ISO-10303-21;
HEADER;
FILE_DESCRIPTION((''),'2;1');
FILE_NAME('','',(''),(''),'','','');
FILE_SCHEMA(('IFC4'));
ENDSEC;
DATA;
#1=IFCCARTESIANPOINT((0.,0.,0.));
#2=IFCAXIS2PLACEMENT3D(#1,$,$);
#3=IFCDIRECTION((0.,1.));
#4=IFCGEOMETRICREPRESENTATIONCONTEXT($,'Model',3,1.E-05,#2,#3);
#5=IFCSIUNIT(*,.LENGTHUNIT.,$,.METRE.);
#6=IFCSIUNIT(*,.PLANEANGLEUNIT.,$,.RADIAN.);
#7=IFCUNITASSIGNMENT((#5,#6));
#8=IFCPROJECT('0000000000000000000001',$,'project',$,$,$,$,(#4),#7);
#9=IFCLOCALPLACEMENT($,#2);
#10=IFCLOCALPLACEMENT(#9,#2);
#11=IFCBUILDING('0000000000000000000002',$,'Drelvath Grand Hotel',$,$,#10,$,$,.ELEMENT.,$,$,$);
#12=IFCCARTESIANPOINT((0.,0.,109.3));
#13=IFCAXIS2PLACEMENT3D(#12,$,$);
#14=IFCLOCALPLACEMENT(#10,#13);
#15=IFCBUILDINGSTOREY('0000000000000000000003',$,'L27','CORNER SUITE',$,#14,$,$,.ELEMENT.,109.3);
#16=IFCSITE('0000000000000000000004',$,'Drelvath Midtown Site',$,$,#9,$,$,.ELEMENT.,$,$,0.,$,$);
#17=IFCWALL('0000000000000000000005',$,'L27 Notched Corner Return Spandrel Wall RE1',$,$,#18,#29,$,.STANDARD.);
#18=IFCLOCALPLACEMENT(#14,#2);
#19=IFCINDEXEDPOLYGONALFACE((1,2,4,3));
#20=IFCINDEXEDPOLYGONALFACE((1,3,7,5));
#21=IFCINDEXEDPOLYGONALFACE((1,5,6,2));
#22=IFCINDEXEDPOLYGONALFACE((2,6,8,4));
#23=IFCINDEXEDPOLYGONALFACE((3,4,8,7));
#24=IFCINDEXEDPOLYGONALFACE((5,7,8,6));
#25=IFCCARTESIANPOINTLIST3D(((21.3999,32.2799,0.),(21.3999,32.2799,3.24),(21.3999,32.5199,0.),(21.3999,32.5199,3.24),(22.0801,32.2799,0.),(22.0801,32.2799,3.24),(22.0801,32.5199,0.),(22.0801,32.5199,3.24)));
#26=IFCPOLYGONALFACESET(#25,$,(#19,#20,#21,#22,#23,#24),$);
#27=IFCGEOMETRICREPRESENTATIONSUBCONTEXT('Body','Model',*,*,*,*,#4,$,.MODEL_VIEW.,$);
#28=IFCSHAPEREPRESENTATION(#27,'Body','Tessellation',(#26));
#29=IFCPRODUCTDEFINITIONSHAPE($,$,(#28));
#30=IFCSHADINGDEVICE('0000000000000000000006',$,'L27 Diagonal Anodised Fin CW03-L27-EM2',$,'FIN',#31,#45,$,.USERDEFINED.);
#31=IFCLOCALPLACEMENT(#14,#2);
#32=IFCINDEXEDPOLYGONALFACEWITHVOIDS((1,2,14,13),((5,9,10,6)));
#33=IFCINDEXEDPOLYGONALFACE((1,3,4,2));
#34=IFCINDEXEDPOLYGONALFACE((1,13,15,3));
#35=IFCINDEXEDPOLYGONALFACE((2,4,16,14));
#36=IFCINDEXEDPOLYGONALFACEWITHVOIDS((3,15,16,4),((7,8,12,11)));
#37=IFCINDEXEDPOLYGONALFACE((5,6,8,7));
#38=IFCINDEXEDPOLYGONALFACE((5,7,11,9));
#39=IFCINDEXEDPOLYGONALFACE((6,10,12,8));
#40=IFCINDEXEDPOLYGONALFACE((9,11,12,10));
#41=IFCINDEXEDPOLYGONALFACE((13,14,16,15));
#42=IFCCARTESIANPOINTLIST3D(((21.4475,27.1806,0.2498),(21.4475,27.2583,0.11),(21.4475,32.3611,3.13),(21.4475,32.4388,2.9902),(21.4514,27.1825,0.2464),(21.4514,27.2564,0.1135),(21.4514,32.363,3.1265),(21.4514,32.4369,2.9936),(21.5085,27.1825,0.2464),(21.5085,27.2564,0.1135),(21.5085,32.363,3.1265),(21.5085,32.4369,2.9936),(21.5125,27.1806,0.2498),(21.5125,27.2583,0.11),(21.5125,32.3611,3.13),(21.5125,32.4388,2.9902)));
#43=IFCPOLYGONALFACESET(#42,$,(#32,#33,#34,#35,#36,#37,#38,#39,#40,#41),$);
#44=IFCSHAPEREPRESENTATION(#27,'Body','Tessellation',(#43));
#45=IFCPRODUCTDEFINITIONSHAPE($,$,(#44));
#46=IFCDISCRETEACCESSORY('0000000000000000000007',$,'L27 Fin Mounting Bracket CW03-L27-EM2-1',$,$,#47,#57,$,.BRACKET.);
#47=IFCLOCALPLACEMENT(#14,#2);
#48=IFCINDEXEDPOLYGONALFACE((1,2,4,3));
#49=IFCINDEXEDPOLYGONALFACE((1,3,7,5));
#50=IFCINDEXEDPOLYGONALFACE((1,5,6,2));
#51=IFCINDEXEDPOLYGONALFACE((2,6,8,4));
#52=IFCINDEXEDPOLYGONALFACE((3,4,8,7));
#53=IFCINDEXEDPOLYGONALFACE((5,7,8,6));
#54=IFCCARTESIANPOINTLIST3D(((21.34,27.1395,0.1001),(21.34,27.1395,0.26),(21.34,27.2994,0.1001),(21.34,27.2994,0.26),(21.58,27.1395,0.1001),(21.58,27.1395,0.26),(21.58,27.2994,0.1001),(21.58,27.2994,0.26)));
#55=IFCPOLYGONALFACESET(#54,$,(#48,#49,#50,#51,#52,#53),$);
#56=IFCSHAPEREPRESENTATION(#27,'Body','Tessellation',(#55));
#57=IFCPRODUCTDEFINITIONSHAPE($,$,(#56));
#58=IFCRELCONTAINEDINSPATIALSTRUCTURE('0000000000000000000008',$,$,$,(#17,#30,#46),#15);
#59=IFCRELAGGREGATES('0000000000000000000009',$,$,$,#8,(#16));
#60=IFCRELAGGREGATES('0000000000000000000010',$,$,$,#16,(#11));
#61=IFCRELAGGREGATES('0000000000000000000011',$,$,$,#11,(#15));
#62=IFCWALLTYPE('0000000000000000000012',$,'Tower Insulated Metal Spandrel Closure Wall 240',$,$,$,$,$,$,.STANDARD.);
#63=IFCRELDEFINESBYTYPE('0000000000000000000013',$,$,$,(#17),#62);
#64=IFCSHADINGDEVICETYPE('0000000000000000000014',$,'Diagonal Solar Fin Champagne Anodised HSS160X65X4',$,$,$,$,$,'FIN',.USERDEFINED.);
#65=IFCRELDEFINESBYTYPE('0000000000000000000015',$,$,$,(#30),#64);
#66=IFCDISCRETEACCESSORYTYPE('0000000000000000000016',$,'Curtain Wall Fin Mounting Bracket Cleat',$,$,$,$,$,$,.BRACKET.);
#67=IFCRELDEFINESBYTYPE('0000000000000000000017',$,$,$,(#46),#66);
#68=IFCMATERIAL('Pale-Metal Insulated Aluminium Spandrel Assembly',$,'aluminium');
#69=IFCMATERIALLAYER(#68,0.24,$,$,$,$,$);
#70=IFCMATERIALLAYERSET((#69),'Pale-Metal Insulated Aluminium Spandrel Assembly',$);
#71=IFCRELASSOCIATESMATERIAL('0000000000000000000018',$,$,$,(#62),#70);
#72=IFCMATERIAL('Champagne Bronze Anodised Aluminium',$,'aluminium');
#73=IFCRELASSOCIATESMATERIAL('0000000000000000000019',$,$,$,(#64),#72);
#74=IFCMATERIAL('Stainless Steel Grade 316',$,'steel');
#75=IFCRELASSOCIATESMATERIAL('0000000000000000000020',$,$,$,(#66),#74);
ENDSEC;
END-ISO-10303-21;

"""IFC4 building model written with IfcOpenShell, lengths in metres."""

from ifc_helpers import new_model, si_unit, direction, frame, frame_2d, origin, origin_2d, place, context, subcontext, project, spatial, rectangle, hollow_rectangle, extrude, material, layer, layer_set, material_profile, profile_set, type_object, element, save


model = new_model("IFC4")

# Units and contexts
model_context = context("Model", 3, precision=1e-05, world=origin(), true_north=direction((0.0, 1.0)))
body_context = subcontext(model_context, "Body", "Model", "MODEL_VIEW")
ifc_project = project(units=[si_unit("LENGTHUNIT", "METRE"), si_unit("PLANEANGLEUNIT", "RADIAN")], contexts=[model_context])

# Site, building, storey
site_placement = place(None, origin())
site = spatial("IfcSite", under=ifc_project, at=site_placement, Name="Drelvath Midtown Site", CompositionType="ELEMENT", RefElevation=0.0)
building_placement = place(site_placement, origin())
building = spatial("IfcBuilding", under=site, at=building_placement, Name="Drelvath Grand Hotel", CompositionType="ELEMENT")
storey_placement = place(building_placement, frame((0.0, 0.0, 109.3)))
storey = spatial("IfcBuildingStorey", under=building, at=storey_placement, Name="L27", Description="CORNER SUITE", CompositionType="ELEMENT", Elevation=109.3)

# Wall
ifc_material_1 = material(Name="Pale-Metal Insulated Aluminium Spandrel Assembly", Category="aluminium")
ifc_layer_1 = layer(ifc_material_1, 0.24)
ifc_layer_set_1 = layer_set([ifc_layer_1], Name="Pale-Metal Insulated Aluminium Spandrel Assembly")
wall_type_1 = type_object("IfcWallType", Name="Tower Insulated Metal Spandrel Closure Wall 240", PredefinedType="STANDARD", material=ifc_layer_set_1)
wall_1_placement = place(storey_placement, frame((22.0801, 32.3999, 0.0), z_axis=(0.0, 0.0, 1.0), x_axis=(-1.0, 0.0, 0.0)))
element("IfcWall", 1, at=wall_1_placement, inside=storey, type_object=wall_type_1, Name="L27 Notched Corner Return Spandrel Wall RE1", PredefinedType="STANDARD", context=body_context, shape_type="SweptSolid", body=[
    extrude(rectangle(XDim=0.6802, YDim=0.24, at=frame_2d((0.3401, 0.0))), origin(), (0.0, 0.0, 1.0), 3.24),
])

# Shading device
ifc_material_2 = material(Name="Champagne Bronze Anodised Aluminium", Category="aluminium")
ifc_material_profile_1 = material_profile(ifc_material_2, hollow_rectangle(XDim=0.0649, YDim=0.1599, WallThickness=0.0039, at=origin_2d()), Name="HSS160X65X4")
ifc_profile_set_1 = profile_set([ifc_material_profile_1], Name="Champagne Bronze Anodised Aluminium")
shading_device_type = type_object("IfcShadingDeviceType", Name="Diagonal Solar Fin Champagne Anodised HSS160X65X4", ElementType="FIN", PredefinedType="USERDEFINED", material=ifc_profile_set_1)
shading_device_placement = place(storey_placement, frame((21.48, 27.2195, 0.1799), z_axis=(0.0, 0.874006, 0.485916), x_axis=(-1.0, 0.0, 0.0)))
element("IfcShadingDevice", 2, at=shading_device_placement, inside=storey, type_object=shading_device_type, Name="L27 Diagonal Anodised Fin CW03-L27-EM2", ObjectType="FIN", PredefinedType="USERDEFINED", context=body_context, shape_type="SweptSolid", body=[
    extrude(hollow_rectangle(XDim=0.0649, YDim=0.1599, WallThickness=0.0039, at=origin_2d()), origin(), (0.0, 0.0, 1.0), 5.9272),
])

# Discrete accessory
ifc_material_3 = material(Name="Stainless Steel Grade 316", Category="steel")
discrete_accessory_type = type_object("IfcDiscreteAccessoryType", Name="Curtain Wall Fin Mounting Bracket Cleat", PredefinedType="BRACKET", material=ifc_material_3)
discrete_accessory_placement = place(storey_placement, frame((21.46, 27.2195, 0.1001), z_axis=(0.0, 0.0, 1.0), x_axis=(0.0, -1.0, 0.0)))
element("IfcDiscreteAccessory", 3, at=discrete_accessory_placement, inside=storey, type_object=discrete_accessory_type, Name="L27 Fin Mounting Bracket CW03-L27-EM2-1", PredefinedType="BRACKET", context=body_context, shape_type="SweptSolid", body=[
    extrude(rectangle(XDim=0.1599, YDim=0.24, at=origin_2d()), origin(), (0.0, 0.0, 1.0), 0.1599),
])

save(model, "model.ifc")
